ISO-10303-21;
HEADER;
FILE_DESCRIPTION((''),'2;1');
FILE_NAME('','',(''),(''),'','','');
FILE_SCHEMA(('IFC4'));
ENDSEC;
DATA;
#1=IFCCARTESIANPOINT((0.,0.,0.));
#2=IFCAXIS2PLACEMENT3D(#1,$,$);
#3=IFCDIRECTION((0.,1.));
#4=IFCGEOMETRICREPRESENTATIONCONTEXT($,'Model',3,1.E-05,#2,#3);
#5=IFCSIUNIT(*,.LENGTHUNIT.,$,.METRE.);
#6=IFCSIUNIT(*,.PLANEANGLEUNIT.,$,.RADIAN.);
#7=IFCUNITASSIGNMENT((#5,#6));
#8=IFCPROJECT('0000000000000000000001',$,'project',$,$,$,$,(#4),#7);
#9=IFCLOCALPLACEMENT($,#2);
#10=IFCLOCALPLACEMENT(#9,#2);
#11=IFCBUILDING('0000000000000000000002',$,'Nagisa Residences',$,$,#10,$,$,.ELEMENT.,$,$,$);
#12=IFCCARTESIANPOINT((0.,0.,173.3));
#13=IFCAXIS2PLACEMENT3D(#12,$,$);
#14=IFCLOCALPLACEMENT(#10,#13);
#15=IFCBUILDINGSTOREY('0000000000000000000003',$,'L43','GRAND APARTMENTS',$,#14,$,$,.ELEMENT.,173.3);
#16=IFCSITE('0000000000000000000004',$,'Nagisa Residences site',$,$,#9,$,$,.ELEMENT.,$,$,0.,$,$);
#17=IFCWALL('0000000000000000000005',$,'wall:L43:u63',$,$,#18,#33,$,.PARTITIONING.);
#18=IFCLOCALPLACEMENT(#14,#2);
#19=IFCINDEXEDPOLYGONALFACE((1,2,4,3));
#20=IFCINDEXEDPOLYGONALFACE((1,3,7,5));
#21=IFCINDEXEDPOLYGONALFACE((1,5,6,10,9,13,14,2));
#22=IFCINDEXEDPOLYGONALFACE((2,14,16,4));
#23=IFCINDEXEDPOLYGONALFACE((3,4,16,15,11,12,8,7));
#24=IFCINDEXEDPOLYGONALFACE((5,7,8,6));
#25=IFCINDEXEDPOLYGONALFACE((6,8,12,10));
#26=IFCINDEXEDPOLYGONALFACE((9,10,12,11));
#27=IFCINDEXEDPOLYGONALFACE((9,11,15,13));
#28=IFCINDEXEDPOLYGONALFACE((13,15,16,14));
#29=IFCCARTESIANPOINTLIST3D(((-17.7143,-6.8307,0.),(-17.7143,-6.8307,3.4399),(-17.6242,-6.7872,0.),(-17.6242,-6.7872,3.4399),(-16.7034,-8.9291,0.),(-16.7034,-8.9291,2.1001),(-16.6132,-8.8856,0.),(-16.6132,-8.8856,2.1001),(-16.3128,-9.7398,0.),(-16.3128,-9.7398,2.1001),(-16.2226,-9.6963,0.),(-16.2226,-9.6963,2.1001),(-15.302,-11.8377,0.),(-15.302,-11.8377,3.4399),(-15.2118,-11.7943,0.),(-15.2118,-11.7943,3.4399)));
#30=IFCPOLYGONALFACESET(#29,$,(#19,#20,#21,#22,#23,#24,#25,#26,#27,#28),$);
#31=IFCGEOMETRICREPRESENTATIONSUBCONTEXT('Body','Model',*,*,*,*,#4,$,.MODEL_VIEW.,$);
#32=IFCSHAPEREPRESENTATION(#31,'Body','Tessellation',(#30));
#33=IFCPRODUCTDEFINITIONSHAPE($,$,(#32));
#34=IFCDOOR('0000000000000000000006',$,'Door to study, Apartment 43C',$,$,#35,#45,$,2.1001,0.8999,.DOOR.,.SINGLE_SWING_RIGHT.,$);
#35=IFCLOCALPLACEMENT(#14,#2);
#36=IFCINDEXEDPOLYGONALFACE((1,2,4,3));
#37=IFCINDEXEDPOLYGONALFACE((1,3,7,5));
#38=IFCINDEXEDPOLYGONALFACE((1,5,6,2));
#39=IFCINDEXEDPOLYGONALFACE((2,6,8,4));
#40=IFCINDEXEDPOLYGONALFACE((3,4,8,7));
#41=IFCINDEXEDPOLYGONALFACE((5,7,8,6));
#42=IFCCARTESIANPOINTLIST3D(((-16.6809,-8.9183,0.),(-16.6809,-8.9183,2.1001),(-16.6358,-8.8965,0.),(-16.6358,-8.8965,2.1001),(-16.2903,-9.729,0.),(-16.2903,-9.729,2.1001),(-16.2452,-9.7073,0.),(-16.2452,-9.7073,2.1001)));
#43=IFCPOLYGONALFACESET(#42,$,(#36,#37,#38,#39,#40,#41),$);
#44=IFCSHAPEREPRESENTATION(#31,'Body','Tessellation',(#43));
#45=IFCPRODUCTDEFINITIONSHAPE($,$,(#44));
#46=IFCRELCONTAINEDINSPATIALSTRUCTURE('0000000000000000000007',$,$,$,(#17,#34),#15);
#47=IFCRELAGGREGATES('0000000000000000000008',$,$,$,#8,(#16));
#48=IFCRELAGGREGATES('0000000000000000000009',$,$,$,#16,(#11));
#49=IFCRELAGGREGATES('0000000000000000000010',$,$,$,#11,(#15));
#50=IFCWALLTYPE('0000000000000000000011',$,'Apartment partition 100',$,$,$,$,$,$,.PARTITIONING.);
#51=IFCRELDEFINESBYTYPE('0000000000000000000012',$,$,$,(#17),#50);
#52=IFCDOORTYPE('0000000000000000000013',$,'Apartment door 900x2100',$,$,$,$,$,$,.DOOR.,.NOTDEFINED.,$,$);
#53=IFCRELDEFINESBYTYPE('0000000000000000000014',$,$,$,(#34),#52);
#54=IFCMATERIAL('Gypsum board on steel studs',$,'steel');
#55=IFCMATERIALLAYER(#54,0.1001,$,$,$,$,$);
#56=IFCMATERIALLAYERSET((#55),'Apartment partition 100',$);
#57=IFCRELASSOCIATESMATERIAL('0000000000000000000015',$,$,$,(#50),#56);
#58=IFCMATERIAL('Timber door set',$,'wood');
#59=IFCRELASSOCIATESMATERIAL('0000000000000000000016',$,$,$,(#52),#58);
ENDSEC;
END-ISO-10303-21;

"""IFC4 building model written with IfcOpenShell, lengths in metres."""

from ifc_helpers import new_model, si_unit, direction, frame, frame_2d, origin, place, context, subcontext, project, spatial, rectangle, extrude, material, layer, layer_set, type_object, element, fill, save


model = new_model("IFC4")

# Units and contexts
model_context = context("Model", 3, precision=1e-05, world=origin(), true_north=direction((0.0, 1.0)))
body_context = subcontext(model_context, "Body", "Model", "MODEL_VIEW")
ifc_project = project(units=[si_unit("LENGTHUNIT", "METRE"), si_unit("PLANEANGLEUNIT", "RADIAN")], contexts=[model_context])

# Site, building, storey
site_placement = place(None, origin())
site = spatial("IfcSite", under=ifc_project, at=site_placement, Name="Nagisa Residences site", CompositionType="ELEMENT", RefElevation=0.0)
building_placement = place(site_placement, origin())
building = spatial("IfcBuilding", under=site, at=building_placement, Name="Nagisa Residences", CompositionType="ELEMENT")
storey_placement = place(building_placement, frame((0.0, 0.0, 173.3)))
storey = spatial("IfcBuildingStorey", under=building, at=storey_placement, Name="L43", Description="GRAND APARTMENTS", CompositionType="ELEMENT", Elevation=173.3)

# Shared definitions
ifc_material_1 = material(Name="Gypsum board on steel studs", Category="steel")
ifc_layer_1 = layer(ifc_material_1, 0.1001)
ifc_layer_set_1 = layer_set([ifc_layer_1], Name="Apartment partition 100")
wall_type_1 = type_object("IfcWallType", Name="Apartment partition 100", PredefinedType="PARTITIONING", material=ifc_layer_set_1)

# Shared definitions
ifc_material_2 = material(Name="Timber door set", Category="wood")
door_type_1 = type_object("IfcDoorType", Name="Apartment door 900x2100", OperationType="NOTDEFINED", PredefinedType="DOOR", material=ifc_material_2)

# Wall, opening, door
wall_1_placement = place(storey_placement, frame((-17.6692, -6.8091, 0.0), z_axis=(0.0, 0.0, 1.0), x_axis=(0.43404, -0.900894, 0.0)))
wall_1 = element("IfcWall", 1, at=wall_1_placement, inside=storey, type_object=wall_type_1, Name="wall:L43:u63", PredefinedType="PARTITIONING", context=body_context, shape_type="SweptSolid", body=[
    extrude(rectangle(XDim=5.5579, YDim=0.1001, at=frame_2d((2.7788, 0.0))), origin(), (0.0, 0.0, 1.0), 3.4399),
])
opening_1_placement = place(wall_1_placement, frame((2.3291, 0.0, 0.0)))
opening_1 = element("IfcOpeningElement", 2, at=opening_1_placement, cuts=wall_1, PredefinedType="OPENING", context=body_context, shape_type="SweptSolid", body=[
    extrude(rectangle(XDim=0.8999, YDim=2.1001, at=frame_2d((0.45, 1.05))), frame((0.0, 0.0601, 0.0), z_axis=(0.0, -1.0, 0.0), x_axis=(1.0, 0.0, 0.0)), (0.0, 0.0, 1.0), 0.1201),
])
door_1_placement = place(opening_1_placement, origin())
door_1 = element("IfcDoor", 3, at=door_1_placement, inside=storey, type_object=door_type_1, Name="Door to study, Apartment 43C", OperationType="SINGLE_SWING_RIGHT", OverallHeight=2.1001, OverallWidth=0.8999, PredefinedType="DOOR", context=body_context, shape_type="SweptSolid", body=[
    extrude(rectangle(XDim=0.8999, YDim=2.1001, at=frame_2d((0.45, 1.05))), frame((0.0, 0.0249, 0.0), z_axis=(0.0, -1.0, 0.0), x_axis=(1.0, 0.0, 0.0)), (0.0, 0.0, 1.0), 0.05),
])
fill(opening_1, door_1)

save(model, "model.ifc")
